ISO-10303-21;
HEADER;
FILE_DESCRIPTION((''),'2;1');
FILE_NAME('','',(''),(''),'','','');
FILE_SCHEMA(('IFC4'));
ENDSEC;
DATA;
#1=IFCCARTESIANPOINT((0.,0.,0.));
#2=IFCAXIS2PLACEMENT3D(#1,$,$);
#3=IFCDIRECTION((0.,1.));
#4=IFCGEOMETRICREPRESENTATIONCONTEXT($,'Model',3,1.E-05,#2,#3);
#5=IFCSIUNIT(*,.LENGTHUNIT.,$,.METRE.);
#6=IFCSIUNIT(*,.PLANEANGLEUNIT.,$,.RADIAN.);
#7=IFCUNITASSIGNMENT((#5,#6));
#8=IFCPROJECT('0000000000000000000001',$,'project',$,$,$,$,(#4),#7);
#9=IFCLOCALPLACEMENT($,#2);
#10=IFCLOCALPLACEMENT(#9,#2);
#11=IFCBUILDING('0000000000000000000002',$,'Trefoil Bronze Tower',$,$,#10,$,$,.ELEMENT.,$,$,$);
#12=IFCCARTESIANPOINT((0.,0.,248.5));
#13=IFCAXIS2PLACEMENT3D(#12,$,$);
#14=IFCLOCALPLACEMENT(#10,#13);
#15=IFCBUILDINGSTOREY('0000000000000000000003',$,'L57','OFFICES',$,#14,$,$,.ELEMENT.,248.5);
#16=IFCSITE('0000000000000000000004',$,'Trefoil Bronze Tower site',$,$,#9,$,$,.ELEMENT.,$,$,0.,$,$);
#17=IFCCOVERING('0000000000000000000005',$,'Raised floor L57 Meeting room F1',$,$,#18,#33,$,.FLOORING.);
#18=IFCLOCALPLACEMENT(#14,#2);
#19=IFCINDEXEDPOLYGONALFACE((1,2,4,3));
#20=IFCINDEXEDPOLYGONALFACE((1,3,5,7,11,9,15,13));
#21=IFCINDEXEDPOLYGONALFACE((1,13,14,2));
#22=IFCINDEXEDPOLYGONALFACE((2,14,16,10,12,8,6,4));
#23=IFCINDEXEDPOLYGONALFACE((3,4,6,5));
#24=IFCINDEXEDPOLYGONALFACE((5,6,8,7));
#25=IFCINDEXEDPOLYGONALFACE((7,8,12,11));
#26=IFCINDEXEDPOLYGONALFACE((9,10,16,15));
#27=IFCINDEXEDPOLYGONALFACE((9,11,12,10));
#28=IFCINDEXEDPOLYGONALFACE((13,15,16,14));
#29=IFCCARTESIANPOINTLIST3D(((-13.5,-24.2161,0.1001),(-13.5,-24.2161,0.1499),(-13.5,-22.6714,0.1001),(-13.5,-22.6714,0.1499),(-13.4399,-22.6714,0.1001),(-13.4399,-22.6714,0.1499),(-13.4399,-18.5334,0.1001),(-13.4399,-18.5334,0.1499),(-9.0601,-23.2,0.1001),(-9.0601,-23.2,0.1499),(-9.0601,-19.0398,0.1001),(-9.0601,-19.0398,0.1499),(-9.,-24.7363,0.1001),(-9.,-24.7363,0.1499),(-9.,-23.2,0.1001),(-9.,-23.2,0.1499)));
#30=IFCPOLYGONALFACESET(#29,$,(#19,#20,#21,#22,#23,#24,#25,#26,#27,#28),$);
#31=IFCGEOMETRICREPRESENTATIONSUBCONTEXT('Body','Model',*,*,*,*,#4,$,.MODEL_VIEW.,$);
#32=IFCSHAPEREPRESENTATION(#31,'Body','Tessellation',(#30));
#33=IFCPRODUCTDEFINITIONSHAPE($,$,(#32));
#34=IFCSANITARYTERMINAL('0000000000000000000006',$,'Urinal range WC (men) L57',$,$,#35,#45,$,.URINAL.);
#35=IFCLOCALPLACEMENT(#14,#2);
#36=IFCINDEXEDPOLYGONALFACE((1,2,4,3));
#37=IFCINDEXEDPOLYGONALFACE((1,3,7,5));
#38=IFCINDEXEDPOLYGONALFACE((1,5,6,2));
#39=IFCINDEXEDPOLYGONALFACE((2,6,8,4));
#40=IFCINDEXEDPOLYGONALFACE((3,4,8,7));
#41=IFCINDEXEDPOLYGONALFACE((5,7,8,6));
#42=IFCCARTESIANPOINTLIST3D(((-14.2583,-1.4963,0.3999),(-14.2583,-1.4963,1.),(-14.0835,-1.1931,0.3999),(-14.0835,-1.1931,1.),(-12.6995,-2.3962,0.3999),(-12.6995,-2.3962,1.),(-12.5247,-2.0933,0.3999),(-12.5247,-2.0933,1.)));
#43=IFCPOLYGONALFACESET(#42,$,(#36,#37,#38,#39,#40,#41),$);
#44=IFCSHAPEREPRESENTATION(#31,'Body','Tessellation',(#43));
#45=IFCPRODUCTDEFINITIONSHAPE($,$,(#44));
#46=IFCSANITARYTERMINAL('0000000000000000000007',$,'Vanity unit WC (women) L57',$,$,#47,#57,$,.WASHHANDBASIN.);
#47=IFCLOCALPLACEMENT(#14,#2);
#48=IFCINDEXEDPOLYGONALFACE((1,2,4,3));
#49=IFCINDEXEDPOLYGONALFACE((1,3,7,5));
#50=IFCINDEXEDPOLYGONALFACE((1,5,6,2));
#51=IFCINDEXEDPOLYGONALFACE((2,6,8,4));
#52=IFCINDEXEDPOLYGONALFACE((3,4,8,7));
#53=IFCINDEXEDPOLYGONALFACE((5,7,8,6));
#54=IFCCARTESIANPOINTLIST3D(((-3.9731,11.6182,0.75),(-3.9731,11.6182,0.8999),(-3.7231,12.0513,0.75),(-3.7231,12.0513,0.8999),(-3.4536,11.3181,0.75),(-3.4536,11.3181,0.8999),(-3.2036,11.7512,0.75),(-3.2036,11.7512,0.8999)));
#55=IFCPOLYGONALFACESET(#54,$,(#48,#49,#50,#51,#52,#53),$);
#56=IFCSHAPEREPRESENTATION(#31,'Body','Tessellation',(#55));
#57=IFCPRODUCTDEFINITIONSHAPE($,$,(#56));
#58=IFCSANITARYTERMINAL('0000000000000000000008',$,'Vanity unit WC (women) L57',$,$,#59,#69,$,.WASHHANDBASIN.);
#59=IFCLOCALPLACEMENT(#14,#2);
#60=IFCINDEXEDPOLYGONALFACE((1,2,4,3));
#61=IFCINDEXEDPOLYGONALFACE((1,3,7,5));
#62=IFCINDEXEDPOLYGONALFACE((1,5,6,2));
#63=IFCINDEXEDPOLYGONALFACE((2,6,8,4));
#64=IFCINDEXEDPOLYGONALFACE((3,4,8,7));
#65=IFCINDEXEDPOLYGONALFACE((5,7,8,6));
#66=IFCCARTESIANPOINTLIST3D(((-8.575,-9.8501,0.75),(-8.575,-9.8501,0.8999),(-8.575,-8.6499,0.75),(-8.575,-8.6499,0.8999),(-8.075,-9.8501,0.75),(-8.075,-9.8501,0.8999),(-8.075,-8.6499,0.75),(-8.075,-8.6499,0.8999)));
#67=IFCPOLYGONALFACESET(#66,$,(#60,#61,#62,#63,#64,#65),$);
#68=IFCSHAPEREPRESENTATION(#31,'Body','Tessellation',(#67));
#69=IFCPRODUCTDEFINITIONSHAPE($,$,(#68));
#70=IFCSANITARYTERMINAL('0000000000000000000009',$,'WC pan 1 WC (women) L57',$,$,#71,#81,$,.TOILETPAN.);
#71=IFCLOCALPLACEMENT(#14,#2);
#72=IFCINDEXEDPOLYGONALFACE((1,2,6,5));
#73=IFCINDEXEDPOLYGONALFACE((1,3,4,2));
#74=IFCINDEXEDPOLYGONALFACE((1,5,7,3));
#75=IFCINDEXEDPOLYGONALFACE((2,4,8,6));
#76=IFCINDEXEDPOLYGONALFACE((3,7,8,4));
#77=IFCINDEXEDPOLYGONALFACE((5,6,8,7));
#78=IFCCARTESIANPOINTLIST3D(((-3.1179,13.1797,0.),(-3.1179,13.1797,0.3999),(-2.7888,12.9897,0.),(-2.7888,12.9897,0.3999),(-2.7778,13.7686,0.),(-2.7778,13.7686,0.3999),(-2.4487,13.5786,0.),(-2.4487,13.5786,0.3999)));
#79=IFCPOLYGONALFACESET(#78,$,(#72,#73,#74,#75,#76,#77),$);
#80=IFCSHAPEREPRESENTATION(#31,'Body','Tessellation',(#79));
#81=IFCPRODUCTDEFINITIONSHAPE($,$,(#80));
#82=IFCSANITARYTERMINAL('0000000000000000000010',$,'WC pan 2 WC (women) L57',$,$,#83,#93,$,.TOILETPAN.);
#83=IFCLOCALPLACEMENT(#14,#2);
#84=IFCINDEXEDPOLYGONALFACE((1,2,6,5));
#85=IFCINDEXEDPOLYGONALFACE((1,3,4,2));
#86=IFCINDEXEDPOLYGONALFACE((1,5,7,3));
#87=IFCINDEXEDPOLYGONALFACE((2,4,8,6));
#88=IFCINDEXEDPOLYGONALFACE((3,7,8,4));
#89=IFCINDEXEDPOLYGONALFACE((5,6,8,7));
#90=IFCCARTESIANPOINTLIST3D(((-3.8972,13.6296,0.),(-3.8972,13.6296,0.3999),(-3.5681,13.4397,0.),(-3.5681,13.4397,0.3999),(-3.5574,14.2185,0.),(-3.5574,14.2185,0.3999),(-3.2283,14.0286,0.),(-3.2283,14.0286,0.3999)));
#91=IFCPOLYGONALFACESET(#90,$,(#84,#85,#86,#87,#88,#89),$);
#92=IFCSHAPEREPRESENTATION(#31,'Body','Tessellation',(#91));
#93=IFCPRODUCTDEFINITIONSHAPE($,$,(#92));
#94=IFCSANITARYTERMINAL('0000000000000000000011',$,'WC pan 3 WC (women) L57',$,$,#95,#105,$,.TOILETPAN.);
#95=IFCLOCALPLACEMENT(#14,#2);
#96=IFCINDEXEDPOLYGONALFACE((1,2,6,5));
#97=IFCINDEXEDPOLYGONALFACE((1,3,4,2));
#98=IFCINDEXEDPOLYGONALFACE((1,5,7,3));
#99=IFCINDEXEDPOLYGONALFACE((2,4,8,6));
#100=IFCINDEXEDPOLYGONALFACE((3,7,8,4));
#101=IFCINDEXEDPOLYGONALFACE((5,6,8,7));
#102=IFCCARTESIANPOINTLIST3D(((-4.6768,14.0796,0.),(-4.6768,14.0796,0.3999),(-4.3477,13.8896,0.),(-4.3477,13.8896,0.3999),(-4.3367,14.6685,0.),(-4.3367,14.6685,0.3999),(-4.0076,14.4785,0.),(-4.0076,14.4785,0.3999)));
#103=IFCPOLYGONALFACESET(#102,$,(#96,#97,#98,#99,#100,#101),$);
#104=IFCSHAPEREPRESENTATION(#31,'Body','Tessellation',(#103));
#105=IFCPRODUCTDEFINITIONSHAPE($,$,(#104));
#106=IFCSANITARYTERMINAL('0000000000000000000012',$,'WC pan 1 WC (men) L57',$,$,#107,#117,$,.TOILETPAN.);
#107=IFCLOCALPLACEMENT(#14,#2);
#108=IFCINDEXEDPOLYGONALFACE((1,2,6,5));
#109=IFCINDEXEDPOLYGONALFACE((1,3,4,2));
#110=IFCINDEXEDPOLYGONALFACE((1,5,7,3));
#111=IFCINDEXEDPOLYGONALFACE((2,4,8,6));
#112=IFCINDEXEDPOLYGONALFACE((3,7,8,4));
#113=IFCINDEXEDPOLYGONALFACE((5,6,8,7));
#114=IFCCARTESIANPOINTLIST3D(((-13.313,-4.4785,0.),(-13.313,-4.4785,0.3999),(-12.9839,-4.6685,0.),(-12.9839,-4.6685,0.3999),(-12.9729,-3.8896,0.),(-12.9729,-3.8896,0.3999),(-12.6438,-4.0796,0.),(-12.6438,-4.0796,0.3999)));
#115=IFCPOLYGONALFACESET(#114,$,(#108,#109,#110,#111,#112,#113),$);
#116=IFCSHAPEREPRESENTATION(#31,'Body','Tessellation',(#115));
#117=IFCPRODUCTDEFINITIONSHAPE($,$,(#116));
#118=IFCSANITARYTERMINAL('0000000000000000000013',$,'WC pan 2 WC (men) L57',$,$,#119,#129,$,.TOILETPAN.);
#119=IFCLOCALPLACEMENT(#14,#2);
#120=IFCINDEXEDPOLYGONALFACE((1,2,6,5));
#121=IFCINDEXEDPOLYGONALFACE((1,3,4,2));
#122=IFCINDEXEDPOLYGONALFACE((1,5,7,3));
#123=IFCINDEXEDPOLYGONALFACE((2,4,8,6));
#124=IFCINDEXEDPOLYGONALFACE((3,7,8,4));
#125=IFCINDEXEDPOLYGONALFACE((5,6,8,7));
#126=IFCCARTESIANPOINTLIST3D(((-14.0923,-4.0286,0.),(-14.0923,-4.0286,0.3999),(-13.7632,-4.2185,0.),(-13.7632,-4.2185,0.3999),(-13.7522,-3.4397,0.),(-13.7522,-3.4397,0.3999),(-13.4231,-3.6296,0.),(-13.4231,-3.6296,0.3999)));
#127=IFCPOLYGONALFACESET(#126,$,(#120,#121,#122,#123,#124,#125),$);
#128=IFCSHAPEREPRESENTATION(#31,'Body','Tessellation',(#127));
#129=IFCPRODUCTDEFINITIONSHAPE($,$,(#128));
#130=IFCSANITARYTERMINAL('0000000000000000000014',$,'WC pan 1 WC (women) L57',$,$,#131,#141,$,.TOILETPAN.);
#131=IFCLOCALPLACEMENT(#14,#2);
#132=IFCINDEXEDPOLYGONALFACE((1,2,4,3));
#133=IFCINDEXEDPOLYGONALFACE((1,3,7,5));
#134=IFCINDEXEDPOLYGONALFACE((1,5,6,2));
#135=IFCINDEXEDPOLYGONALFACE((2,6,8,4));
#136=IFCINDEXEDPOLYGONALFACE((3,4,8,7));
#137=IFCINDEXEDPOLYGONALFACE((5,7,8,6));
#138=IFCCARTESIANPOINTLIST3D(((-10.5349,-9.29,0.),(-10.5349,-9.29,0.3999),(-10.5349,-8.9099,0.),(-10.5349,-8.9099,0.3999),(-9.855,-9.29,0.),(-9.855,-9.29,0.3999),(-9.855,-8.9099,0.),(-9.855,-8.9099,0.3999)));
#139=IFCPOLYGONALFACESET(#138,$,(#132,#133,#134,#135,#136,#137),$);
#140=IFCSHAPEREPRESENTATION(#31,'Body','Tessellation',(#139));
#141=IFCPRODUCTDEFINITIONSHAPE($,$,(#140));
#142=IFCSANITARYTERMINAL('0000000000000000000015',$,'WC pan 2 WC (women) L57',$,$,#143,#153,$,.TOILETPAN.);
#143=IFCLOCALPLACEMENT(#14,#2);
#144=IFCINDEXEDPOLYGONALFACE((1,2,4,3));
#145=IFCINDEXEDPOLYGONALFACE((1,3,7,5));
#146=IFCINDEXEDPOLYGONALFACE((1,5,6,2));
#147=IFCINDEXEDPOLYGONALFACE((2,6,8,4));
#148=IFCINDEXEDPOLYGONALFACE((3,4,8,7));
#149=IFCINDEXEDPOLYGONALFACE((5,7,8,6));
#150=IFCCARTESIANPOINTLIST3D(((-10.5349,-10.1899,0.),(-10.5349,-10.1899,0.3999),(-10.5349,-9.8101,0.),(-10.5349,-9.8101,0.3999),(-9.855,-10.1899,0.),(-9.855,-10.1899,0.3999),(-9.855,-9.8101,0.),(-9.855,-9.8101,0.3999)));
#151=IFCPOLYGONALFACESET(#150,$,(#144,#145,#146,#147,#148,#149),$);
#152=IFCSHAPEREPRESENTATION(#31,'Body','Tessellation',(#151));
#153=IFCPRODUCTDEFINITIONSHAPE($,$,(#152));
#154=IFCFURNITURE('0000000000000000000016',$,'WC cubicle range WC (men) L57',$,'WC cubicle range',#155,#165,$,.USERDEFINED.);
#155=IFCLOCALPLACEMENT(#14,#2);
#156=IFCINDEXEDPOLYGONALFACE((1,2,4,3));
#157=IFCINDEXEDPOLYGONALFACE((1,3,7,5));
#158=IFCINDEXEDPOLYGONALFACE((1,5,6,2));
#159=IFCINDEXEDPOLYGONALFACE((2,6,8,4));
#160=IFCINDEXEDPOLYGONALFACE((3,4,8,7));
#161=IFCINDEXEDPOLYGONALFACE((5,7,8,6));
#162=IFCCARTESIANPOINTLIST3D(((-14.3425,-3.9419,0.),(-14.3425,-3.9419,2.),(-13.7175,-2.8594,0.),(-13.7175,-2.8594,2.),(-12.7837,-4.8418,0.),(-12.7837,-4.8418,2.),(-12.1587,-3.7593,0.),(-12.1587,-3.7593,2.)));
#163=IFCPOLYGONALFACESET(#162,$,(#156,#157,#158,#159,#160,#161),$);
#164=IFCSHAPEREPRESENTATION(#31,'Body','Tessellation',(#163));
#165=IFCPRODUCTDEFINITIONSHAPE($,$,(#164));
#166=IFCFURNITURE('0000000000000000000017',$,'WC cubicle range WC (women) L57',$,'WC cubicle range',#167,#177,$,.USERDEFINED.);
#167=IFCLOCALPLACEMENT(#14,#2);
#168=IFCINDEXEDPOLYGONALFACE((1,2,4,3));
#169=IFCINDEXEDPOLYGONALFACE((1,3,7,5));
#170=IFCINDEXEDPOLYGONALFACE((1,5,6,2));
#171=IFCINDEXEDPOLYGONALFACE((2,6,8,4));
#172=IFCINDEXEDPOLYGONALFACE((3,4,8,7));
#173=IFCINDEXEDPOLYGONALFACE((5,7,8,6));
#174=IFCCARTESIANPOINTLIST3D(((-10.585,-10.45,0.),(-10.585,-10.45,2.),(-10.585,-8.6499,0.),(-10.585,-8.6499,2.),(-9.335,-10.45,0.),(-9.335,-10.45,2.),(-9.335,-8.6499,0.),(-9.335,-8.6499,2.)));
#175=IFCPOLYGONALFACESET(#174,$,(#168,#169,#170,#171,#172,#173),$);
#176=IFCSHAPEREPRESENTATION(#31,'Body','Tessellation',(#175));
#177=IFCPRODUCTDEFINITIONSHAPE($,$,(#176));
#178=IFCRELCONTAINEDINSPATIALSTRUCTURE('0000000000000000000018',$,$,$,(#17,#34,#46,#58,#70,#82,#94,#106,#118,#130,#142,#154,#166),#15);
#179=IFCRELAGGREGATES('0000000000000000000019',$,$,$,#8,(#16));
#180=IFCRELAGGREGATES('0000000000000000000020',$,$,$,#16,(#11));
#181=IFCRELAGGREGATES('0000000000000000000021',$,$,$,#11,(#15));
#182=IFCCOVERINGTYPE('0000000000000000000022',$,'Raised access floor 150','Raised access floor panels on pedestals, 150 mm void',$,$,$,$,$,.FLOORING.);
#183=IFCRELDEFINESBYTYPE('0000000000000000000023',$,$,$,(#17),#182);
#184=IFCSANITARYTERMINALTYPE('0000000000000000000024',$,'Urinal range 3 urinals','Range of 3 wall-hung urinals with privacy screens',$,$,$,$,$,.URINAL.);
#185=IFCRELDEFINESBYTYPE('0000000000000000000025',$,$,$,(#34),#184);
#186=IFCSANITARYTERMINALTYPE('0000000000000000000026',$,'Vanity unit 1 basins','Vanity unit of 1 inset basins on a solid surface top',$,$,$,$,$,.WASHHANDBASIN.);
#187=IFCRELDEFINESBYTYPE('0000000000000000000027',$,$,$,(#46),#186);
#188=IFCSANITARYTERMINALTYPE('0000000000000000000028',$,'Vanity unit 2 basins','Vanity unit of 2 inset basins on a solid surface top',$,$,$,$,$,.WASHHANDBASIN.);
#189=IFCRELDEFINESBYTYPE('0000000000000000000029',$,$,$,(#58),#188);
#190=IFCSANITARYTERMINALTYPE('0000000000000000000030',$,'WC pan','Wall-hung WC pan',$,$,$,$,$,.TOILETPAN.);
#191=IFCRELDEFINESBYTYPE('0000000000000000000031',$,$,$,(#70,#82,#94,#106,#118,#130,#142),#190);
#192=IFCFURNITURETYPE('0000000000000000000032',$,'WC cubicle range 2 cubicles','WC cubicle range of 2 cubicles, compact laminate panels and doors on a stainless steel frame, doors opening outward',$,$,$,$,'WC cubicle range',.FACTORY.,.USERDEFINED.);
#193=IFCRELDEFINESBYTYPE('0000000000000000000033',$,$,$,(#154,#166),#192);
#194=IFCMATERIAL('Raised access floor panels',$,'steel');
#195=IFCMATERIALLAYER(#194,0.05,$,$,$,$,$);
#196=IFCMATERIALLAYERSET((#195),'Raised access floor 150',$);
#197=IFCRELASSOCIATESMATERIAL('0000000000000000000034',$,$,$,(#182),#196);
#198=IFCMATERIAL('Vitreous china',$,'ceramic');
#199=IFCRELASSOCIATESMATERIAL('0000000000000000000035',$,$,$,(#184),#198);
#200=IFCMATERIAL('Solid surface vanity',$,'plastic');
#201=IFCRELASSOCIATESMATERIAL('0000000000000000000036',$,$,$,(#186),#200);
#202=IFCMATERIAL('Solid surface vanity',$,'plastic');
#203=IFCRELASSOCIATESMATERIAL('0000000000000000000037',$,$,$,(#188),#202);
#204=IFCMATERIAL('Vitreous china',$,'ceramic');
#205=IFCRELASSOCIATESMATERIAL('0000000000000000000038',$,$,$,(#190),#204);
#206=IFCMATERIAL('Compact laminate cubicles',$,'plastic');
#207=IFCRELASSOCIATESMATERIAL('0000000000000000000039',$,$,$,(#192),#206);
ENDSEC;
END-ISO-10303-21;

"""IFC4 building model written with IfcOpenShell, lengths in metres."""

from ifc_helpers import new_model, si_unit, direction, frame, origin, place, context, subcontext, project, spatial, polyline, outline, extrude, material, layer, layer_set, type_object, element, save


model = new_model("IFC4")

# Units and contexts
model_context = context("Model", 3, precision=1e-05, world=origin(), true_north=direction((0.0, 1.0)))
body_context = subcontext(model_context, "Body", "Model", "MODEL_VIEW")
ifc_project = project(units=[si_unit("LENGTHUNIT", "METRE"), si_unit("PLANEANGLEUNIT", "RADIAN")], contexts=[model_context])

# Site, building, storey
site_placement = place(None, origin())
site = spatial("IfcSite", under=ifc_project, at=site_placement, Name="Trefoil Bronze Tower site", CompositionType="ELEMENT", RefElevation=0.0)
building_placement = place(site_placement, origin())
building = spatial("IfcBuilding", under=site, at=building_placement, Name="Trefoil Bronze Tower", CompositionType="ELEMENT")
storey_placement = place(building_placement, frame((0.0, 0.0, 248.5)))
storey = spatial("IfcBuildingStorey", under=building, at=storey_placement, Name="L57", Description="OFFICES", CompositionType="ELEMENT", Elevation=248.5)

# Covering
ifc_material_1 = material(Name="Raised access floor panels", Category="steel")
ifc_layer_1 = layer(ifc_material_1, 0.05)
ifc_layer_set_1 = layer_set([ifc_layer_1], Name="Raised access floor 150")
covering_type_1 = type_object("IfcCoveringType", Name="Raised access floor 150", Description="Raised access floor panels on pedestals, 150 mm void", PredefinedType="FLOORING", material=ifc_layer_set_1)
covering_1_placement = place(storey_placement, frame((0.0, 0.0, 0.1001)))
element("IfcCovering", 1, at=covering_1_placement, inside=storey, type_object=covering_type_1, Name="Raised floor L57 Meeting room F1", PredefinedType="FLOORING", context=body_context, shape_type="SweptSolid", body=[
    extrude(outline(polyline([(-9.0, -24.7363), (-13.5, -24.2161), (-13.5, -22.6714), (-13.4399, -22.6714), (-13.4399, -18.5334), (-9.0601, -19.0398), (-9.0601, -23.2), (-9.0, -23.2), (-9.0, -24.7363)])), origin(), (0.0, 0.0, 1.0), 0.0498),
])

# Sanitary terminals
ifc_material_2 = material(Name="Vitreous china", Category="ceramic")
sanitary_terminal_type_1 = type_object("IfcSanitaryTerminalType", Name="Urinal range 3 urinals", Description="Range of 3 wall-hung urinals with privacy screens", PredefinedType="URINAL", material=ifc_material_2)
sanitary_terminal_1_placement = place(storey_placement, frame((0.0, 0.0, 0.3999)))
element("IfcSanitaryTerminal", 2, at=sanitary_terminal_1_placement, inside=storey, type_object=sanitary_terminal_type_1, Name="Urinal range WC (men) L57", PredefinedType="URINAL", context=body_context, shape_type="SweptSolid", body=[
    extrude(outline(polyline([(-12.5247, -2.0933), (-12.6995, -2.3962), (-14.2583, -1.4963), (-14.0835, -1.1931), (-12.5247, -2.0933)])), origin(), (0.0, 0.0, 1.0), 0.6001),
])
ifc_material_3 = material(Name="Solid surface vanity", Category="plastic")
sanitary_terminal_type_2 = type_object("IfcSanitaryTerminalType", Name="Vanity unit 1 basins", Description="Vanity unit of 1 inset basins on a solid surface top", PredefinedType="WASHHANDBASIN", material=ifc_material_3)
sanitary_terminal_2_placement = place(storey_placement, frame((0.0, 0.0, 0.75)))
element("IfcSanitaryTerminal", 3, at=sanitary_terminal_2_placement, inside=storey, type_object=sanitary_terminal_type_2, Name="Vanity unit WC (women) L57", PredefinedType="WASHHANDBASIN", context=body_context, shape_type="SweptSolid", body=[
    extrude(outline(polyline([(-3.4536, 11.3181), (-3.2036, 11.7512), (-3.7231, 12.0513), (-3.9731, 11.6182), (-3.4536, 11.3181)])), origin(), (0.0, 0.0, 1.0), 0.1499),
])
ifc_material_4 = material(Name="Solid surface vanity", Category="plastic")
sanitary_terminal_type_3 = type_object("IfcSanitaryTerminalType", Name="Vanity unit 2 basins", Description="Vanity unit of 2 inset basins on a solid surface top", PredefinedType="WASHHANDBASIN", material=ifc_material_4)
sanitary_terminal_3_placement = place(storey_placement, frame((0.0, 0.0, 0.75)))
element("IfcSanitaryTerminal", 4, at=sanitary_terminal_3_placement, inside=storey, type_object=sanitary_terminal_type_3, Name="Vanity unit WC (women) L57", PredefinedType="WASHHANDBASIN", context=body_context, shape_type="SweptSolid", body=[
    extrude(outline(polyline([(-8.075, -8.6499), (-8.575, -8.6499), (-8.575, -9.8501), (-8.075, -9.8501), (-8.075, -8.6499)])), origin(), (0.0, 0.0, 1.0), 0.1499),
])
ifc_material_5 = material(Name="Vitreous china", Category="ceramic")
sanitary_terminal_type_4 = type_object("IfcSanitaryTerminalType", Name="WC pan", Description="Wall-hung WC pan", PredefinedType="TOILETPAN", material=ifc_material_5)
sanitary_terminal_4_placement = place(storey_placement, origin())
element("IfcSanitaryTerminal", 5, at=sanitary_terminal_4_placement, inside=storey, type_object=sanitary_terminal_type_4, Name="WC pan 1 WC (women) L57", PredefinedType="TOILETPAN", context=body_context, shape_type="SweptSolid", body=[
    extrude(outline(polyline([(-2.7888, 12.9897), (-2.4487, 13.5786), (-2.7778, 13.7686), (-3.1179, 13.1797), (-2.7888, 12.9897)])), origin(), (0.0, 0.0, 1.0), 0.3999),
])
sanitary_terminal_5_placement = place(storey_placement, origin())
element("IfcSanitaryTerminal", 6, at=sanitary_terminal_5_placement, inside=storey, type_object=sanitary_terminal_type_4, Name="WC pan 2 WC (women) L57", PredefinedType="TOILETPAN", context=body_context, shape_type="SweptSolid", body=[
    extrude(outline(polyline([(-3.5681, 13.4397), (-3.2283, 14.0286), (-3.5574, 14.2185), (-3.8972, 13.6296), (-3.5681, 13.4397)])), origin(), (0.0, 0.0, 1.0), 0.3999),
])
sanitary_terminal_6_placement = place(storey_placement, origin())
element("IfcSanitaryTerminal", 7, at=sanitary_terminal_6_placement, inside=storey, type_object=sanitary_terminal_type_4, Name="WC pan 3 WC (women) L57", PredefinedType="TOILETPAN", context=body_context, shape_type="SweptSolid", body=[
    extrude(outline(polyline([(-4.3477, 13.8896), (-4.0076, 14.4785), (-4.3367, 14.6685), (-4.6768, 14.0796), (-4.3477, 13.8896)])), origin(), (0.0, 0.0, 1.0), 0.3999),
])
sanitary_terminal_7_placement = place(storey_placement, origin())
element("IfcSanitaryTerminal", 8, at=sanitary_terminal_7_placement, inside=storey, type_object=sanitary_terminal_type_4, Name="WC pan 1 WC (men) L57", PredefinedType="TOILETPAN", context=body_context, shape_type="SweptSolid", body=[
    extrude(outline(polyline([(-12.6438, -4.0796), (-12.9839, -4.6685), (-13.313, -4.4785), (-12.9729, -3.8896), (-12.6438, -4.0796)])), origin(), (0.0, 0.0, 1.0), 0.3999),
])
sanitary_terminal_8_placement = place(storey_placement, origin())
element("IfcSanitaryTerminal", 9, at=sanitary_terminal_8_placement, inside=storey, type_object=sanitary_terminal_type_4, Name="WC pan 2 WC (men) L57", PredefinedType="TOILETPAN", context=body_context, shape_type="SweptSolid", body=[
    extrude(outline(polyline([(-13.4231, -3.6296), (-13.7632, -4.2185), (-14.0923, -4.0286), (-13.7522, -3.4397), (-13.4231, -3.6296)])), origin(), (0.0, 0.0, 1.0), 0.3999),
])
sanitary_terminal_9_placement = place(storey_placement, origin())
element("IfcSanitaryTerminal", 10, at=sanitary_terminal_9_placement, inside=storey, type_object=sanitary_terminal_type_4, Name="WC pan 1 WC (women) L57", PredefinedType="TOILETPAN", context=body_context, shape_type="SweptSolid", body=[
    extrude(outline(polyline([(-9.855, -8.9099), (-10.5349, -8.9099), (-10.5349, -9.29), (-9.855, -9.29), (-9.855, -8.9099)])), origin(), (0.0, 0.0, 1.0), 0.3999),
])
sanitary_terminal_10_placement = place(storey_placement, origin())
element("IfcSanitaryTerminal", 11, at=sanitary_terminal_10_placement, inside=storey, type_object=sanitary_terminal_type_4, Name="WC pan 2 WC (women) L57", PredefinedType="TOILETPAN", context=body_context, shape_type="SweptSolid", body=[
    extrude(outline(polyline([(-9.855, -9.8101), (-10.5349, -9.8101), (-10.5349, -10.1899), (-9.855, -10.1899), (-9.855, -9.8101)])), origin(), (0.0, 0.0, 1.0), 0.3999),
])

# Furniture
ifc_material_6 = material(Name="Compact laminate cubicles", Category="plastic")
furniture_type_1 = type_object("IfcFurnitureType", Name="WC cubicle range 2 cubicles", Description="WC cubicle range of 2 cubicles, compact laminate panels and doors on a stainless steel frame, doors opening outward", ElementType="WC cubicle range", AssemblyPlace="FACTORY", PredefinedType="USERDEFINED", material=ifc_material_6)
furniture_1_placement = place(storey_placement, origin())
element("IfcFurniture", 12, at=furniture_1_placement, inside=storey, type_object=furniture_type_1, Name="WC cubicle range WC (men) L57", ObjectType="WC cubicle range", PredefinedType="USERDEFINED", context=body_context, shape_type="SweptSolid", body=[
    extrude(outline(polyline([(-12.1587, -3.7593), (-12.7837, -4.8418), (-14.3425, -3.9419), (-13.7175, -2.8594), (-12.1587, -3.7593)])), origin(), (0.0, 0.0, 1.0), 2.0),
])
furniture_2_placement = place(storey_placement, origin())
element("IfcFurniture", 13, at=furniture_2_placement, inside=storey, type_object=furniture_type_1, Name="WC cubicle range WC (women) L57", ObjectType="WC cubicle range", PredefinedType="USERDEFINED", context=body_context, shape_type="SweptSolid", body=[
    extrude(outline(polyline([(-9.335, -8.6499), (-10.585, -8.6499), (-10.585, -10.45), (-9.335, -10.45), (-9.335, -8.6499)])), origin(), (0.0, 0.0, 1.0), 2.0),
])

save(model, "model.ifc")
